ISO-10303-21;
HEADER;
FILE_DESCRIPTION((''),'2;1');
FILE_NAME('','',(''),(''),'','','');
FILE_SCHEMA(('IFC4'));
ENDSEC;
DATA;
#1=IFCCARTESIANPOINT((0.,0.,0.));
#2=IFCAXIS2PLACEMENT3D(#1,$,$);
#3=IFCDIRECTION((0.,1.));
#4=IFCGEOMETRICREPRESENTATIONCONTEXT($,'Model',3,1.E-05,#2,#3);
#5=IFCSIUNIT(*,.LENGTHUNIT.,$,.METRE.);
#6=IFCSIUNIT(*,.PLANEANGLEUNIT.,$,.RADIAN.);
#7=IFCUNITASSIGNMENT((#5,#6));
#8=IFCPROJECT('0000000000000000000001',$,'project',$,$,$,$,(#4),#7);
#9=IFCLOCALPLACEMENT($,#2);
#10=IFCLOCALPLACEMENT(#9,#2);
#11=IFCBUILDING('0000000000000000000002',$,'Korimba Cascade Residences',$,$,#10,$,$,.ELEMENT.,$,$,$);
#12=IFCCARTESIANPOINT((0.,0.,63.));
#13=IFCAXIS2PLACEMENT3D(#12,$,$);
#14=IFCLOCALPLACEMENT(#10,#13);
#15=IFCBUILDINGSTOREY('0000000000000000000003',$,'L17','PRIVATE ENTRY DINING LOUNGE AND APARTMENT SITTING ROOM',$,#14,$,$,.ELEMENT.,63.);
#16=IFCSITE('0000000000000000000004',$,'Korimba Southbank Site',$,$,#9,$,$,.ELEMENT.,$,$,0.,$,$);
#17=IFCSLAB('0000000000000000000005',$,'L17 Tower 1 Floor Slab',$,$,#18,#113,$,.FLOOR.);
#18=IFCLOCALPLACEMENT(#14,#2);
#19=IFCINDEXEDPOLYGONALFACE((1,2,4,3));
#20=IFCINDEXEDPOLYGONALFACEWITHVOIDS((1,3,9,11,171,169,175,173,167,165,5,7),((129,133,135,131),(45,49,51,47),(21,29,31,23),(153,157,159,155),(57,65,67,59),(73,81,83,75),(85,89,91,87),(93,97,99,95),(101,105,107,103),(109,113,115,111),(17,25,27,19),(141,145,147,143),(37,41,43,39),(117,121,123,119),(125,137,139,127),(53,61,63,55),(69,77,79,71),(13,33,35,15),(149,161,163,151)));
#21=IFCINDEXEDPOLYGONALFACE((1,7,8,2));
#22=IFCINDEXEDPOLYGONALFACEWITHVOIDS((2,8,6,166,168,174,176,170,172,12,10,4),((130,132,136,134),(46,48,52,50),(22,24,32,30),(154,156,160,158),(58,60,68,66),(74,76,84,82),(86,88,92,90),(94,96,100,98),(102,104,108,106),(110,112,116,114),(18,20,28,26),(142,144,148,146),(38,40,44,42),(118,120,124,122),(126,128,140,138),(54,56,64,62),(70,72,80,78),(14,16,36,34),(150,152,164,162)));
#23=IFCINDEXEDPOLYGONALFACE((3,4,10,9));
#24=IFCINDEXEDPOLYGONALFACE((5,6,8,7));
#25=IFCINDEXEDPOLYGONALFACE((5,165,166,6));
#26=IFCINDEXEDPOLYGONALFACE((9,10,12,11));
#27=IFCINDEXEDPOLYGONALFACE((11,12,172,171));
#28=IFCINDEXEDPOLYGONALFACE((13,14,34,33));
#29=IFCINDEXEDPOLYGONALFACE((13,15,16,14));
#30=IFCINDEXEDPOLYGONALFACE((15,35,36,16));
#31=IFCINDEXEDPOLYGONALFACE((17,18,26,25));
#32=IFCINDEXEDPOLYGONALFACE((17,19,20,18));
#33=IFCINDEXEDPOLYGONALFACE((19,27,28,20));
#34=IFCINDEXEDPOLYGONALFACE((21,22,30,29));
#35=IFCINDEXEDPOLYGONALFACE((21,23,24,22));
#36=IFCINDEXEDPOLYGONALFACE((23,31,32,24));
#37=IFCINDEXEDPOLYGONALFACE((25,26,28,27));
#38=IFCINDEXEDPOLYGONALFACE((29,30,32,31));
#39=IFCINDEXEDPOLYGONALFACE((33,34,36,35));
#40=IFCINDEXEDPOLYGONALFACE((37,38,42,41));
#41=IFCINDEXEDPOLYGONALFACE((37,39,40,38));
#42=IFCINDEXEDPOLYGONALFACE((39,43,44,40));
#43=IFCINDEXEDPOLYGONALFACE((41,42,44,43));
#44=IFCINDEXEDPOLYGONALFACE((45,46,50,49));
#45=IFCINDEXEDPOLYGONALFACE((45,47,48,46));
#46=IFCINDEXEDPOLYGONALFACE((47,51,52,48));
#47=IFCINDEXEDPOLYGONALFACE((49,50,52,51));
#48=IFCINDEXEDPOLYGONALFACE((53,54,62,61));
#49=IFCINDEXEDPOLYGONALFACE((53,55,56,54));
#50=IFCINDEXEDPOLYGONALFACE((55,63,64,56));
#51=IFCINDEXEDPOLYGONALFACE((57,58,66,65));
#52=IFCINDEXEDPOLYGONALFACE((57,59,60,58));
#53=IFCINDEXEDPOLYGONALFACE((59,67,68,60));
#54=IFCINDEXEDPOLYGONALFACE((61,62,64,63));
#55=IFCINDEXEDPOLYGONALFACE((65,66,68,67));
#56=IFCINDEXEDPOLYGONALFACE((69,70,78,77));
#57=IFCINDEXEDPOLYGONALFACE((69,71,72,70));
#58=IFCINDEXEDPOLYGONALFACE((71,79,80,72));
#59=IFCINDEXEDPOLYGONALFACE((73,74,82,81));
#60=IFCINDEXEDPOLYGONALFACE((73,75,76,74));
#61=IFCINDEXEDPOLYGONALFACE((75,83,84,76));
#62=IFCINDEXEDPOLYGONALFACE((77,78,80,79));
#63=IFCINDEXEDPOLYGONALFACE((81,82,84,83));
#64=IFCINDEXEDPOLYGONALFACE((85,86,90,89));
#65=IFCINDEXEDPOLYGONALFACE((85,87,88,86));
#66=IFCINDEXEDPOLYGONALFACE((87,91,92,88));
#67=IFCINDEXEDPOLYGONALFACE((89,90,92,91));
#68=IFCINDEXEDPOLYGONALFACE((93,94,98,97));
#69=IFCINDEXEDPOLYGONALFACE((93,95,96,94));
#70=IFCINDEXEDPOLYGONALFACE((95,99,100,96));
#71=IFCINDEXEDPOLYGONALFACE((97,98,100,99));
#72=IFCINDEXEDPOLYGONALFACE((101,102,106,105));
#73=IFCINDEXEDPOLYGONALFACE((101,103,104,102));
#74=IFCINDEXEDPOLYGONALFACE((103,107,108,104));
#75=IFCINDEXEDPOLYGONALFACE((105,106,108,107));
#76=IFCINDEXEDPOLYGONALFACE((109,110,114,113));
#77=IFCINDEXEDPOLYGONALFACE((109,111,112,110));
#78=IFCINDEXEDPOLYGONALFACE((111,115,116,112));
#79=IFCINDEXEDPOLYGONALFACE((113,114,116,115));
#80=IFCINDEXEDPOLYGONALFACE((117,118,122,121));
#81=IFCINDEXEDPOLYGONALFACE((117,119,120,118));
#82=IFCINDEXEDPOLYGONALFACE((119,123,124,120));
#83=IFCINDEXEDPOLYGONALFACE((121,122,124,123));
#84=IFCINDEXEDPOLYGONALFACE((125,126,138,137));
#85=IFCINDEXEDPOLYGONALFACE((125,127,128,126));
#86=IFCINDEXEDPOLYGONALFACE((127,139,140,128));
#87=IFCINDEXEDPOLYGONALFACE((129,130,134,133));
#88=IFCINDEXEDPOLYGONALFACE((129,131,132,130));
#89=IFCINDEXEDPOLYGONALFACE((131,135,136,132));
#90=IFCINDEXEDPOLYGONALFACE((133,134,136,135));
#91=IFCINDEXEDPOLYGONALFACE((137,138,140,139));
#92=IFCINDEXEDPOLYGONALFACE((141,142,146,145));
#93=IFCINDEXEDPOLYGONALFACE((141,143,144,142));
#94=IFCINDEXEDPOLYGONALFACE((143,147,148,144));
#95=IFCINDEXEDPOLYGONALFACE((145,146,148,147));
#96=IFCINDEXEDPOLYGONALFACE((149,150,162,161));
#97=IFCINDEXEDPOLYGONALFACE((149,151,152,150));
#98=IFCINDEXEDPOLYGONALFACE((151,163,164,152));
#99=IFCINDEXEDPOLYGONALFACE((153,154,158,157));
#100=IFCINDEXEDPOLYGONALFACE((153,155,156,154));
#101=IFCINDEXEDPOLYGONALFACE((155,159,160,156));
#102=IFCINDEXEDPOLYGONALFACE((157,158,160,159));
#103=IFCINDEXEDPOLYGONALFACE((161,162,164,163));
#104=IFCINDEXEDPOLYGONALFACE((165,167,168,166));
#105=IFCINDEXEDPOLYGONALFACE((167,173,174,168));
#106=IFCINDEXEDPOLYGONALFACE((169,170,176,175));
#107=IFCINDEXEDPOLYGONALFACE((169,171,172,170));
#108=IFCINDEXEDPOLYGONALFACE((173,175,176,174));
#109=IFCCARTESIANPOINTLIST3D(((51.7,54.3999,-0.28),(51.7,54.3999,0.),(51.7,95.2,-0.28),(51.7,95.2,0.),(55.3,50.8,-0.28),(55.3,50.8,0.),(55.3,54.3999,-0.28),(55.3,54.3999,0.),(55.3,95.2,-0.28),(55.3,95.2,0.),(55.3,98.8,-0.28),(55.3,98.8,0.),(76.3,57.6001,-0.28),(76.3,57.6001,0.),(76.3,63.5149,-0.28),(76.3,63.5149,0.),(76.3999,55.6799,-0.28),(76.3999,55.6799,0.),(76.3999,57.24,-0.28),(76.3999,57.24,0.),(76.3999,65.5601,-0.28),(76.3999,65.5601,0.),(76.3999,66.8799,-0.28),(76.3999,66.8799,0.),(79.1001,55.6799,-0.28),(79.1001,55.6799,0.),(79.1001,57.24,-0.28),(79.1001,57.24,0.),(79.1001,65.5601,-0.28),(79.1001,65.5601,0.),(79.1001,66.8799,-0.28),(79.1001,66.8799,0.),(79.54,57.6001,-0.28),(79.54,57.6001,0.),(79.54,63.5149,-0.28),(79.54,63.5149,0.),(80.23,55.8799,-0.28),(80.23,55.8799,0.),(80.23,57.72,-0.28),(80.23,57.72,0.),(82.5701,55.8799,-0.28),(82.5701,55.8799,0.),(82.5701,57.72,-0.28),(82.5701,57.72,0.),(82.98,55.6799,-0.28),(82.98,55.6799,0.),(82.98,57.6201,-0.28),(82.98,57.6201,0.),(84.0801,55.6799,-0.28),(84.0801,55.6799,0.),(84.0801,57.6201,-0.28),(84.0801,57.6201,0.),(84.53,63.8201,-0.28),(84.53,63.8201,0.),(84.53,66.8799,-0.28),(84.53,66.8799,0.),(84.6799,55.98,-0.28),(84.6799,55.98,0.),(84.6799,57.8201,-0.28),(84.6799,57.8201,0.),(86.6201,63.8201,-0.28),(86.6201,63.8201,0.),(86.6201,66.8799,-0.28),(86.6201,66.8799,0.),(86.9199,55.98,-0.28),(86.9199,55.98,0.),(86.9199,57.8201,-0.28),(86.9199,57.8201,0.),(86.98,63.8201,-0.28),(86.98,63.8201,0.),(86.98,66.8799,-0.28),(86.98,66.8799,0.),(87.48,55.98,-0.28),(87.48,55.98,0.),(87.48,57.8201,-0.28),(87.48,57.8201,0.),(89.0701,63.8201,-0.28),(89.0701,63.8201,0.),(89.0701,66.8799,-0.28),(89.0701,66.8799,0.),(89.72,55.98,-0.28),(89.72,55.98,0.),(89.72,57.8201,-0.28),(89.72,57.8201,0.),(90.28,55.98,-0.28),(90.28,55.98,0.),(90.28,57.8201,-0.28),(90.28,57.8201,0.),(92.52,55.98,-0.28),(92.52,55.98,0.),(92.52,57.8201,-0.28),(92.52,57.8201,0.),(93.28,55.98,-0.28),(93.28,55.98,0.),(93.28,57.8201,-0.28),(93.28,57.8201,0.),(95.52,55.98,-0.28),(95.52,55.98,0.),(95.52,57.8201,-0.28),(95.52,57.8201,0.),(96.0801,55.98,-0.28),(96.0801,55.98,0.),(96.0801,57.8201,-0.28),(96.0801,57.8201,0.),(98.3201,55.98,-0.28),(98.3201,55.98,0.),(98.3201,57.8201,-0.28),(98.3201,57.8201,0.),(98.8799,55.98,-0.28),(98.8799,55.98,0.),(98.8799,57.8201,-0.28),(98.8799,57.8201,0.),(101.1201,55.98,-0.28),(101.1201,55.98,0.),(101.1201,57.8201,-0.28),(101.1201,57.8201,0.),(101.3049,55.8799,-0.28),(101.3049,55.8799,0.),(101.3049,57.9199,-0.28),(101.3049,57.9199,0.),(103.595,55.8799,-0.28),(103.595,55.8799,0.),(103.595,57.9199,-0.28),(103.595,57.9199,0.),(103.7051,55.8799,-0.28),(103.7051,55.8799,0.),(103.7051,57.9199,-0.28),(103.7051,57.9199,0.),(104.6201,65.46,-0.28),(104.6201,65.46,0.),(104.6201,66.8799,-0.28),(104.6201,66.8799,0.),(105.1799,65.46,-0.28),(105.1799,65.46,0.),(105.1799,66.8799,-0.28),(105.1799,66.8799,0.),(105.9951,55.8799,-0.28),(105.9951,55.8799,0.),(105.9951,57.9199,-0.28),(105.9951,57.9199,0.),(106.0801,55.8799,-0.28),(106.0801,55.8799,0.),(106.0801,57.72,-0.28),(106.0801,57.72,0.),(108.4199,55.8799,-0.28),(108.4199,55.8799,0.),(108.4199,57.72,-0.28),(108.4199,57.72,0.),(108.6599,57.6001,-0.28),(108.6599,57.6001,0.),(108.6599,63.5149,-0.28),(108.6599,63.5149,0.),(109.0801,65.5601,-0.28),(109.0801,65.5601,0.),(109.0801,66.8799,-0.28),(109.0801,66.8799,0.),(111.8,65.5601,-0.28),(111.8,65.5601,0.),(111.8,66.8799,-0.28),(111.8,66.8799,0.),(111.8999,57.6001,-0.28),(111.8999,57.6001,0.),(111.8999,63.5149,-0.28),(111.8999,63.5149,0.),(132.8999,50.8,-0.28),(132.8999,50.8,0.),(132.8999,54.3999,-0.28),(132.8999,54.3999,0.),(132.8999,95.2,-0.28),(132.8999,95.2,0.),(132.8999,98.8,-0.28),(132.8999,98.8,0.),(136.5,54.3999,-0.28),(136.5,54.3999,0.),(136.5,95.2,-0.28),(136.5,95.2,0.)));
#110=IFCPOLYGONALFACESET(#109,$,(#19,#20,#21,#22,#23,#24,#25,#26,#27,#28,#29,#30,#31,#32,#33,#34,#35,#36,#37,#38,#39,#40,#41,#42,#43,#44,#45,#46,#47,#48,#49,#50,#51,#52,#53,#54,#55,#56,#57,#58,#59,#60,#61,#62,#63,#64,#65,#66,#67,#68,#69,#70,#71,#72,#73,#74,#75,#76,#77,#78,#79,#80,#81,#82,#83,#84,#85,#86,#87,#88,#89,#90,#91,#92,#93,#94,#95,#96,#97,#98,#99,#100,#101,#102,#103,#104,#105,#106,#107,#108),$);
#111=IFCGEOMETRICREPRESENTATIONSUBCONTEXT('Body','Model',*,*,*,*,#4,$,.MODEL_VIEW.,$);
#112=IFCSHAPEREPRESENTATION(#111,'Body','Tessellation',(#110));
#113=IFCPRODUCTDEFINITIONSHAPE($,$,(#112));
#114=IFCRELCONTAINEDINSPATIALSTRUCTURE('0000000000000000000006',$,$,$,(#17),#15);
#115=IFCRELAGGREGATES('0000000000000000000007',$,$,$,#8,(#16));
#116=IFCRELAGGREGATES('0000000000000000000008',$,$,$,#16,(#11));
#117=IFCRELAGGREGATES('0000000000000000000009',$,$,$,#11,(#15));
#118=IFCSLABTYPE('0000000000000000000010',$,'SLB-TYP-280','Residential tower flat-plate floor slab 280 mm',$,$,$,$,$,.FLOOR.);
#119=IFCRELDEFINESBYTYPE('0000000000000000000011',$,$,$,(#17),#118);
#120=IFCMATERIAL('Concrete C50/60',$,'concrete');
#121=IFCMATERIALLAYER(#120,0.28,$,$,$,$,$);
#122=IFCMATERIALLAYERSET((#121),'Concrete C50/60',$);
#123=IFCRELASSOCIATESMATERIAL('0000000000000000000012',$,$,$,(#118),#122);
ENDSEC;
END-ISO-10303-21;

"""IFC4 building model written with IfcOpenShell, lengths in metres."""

from ifc_helpers import new_model, si_unit, direction, frame, origin, place, context, subcontext, project, spatial, polyline, outline, extrude, material, layer, layer_set, type_object, element, save


model = new_model("IFC4")

# Units and contexts
model_context = context("Model", 3, precision=1e-05, world=origin(), true_north=direction((0.0, 1.0)))
body_context = subcontext(model_context, "Body", "Model", "MODEL_VIEW")
ifc_project = project(units=[si_unit("LENGTHUNIT", "METRE"), si_unit("PLANEANGLEUNIT", "RADIAN")], contexts=[model_context])

# Site, building, storey
site_placement = place(None, origin())
site = spatial("IfcSite", under=ifc_project, at=site_placement, Name="Korimba Southbank Site", CompositionType="ELEMENT", RefElevation=0.0)
building_placement = place(site_placement, origin())
building = spatial("IfcBuilding", under=site, at=building_placement, Name="Korimba Cascade Residences", CompositionType="ELEMENT")
storey_placement = place(building_placement, frame((0.0, 0.0, 63.0)))
storey = spatial("IfcBuildingStorey", under=building, at=storey_placement, Name="L17", Description="PRIVATE ENTRY DINING LOUNGE AND APARTMENT SITTING ROOM", CompositionType="ELEMENT", Elevation=63.0)

# Shared definitions
ifc_material_1 = material(Name="Concrete C50/60", Category="concrete")

# Slab
ifc_layer_1 = layer(ifc_material_1, 0.28)
ifc_layer_set_1 = layer_set([ifc_layer_1], Name="Concrete C50/60")
slab_type_1 = type_object("IfcSlabType", Name="SLB-TYP-280", Description="Residential tower flat-plate floor slab 280 mm", PredefinedType="FLOOR", material=ifc_layer_set_1)
slab_1_placement = place(storey_placement, frame((0.0, 0.0, -0.28)))
element("IfcSlab", 1, at=slab_1_placement, inside=storey, type_object=slab_type_1, Name="L17 Tower 1 Floor Slab", PredefinedType="FLOOR", context=body_context, shape_type="SweptSolid", body=[
    extrude(outline(polyline([(55.3, 50.8), (132.8999, 50.8), (132.8999, 54.3999), (136.5, 54.3999), (136.5, 95.2), (132.8999, 95.2), (132.8999, 98.8), (55.3, 98.8), (55.3, 95.2), (51.7, 95.2), (51.7, 54.3999), (55.3, 54.3999), (55.3, 50.8)]), holes=[polyline([(76.3, 63.5149), (76.3, 57.6001), (79.54, 57.6001), (79.54, 63.5149), (76.3, 63.5149)]), polyline([(108.6599, 63.5149), (108.6599, 57.6001), (111.8999, 57.6001), (111.8999, 63.5149), (108.6599, 63.5149)]), polyline([(80.23, 55.8799), (82.5701, 55.8799), (82.5701, 57.72), (80.23, 57.72), (80.23, 55.8799)]), polyline([(106.0801, 55.8799), (108.4199, 55.8799), (108.4199, 57.72), (106.0801, 57.72), (106.0801, 55.8799)]), polyline([(84.6799, 55.98), (86.9199, 55.98), (86.9199, 57.8201), (84.6799, 57.8201), (84.6799, 55.98)]), polyline([(87.48, 55.98), (89.72, 55.98), (89.72, 57.8201), (87.48, 57.8201), (87.48, 55.98)]), polyline([(90.28, 55.98), (92.52, 55.98), (92.52, 57.8201), (90.28, 57.8201), (90.28, 55.98)]), polyline([(93.28, 55.98), (95.52, 55.98), (95.52, 57.8201), (93.28, 57.8201), (93.28, 55.98)]), polyline([(96.0801, 55.98), (98.3201, 55.98), (98.3201, 57.8201), (96.0801, 57.8201), (96.0801, 55.98)]), polyline([(98.8799, 55.98), (101.1201, 55.98), (101.1201, 57.8201), (98.8799, 57.8201), (98.8799, 55.98)]), polyline([(101.3049, 55.8799), (103.595, 55.8799), (103.595, 57.9199), (101.3049, 57.9199), (101.3049, 55.8799)]), polyline([(103.7051, 55.8799), (105.9951, 55.8799), (105.9951, 57.9199), (103.7051, 57.9199), (103.7051, 55.8799)]), polyline([(82.98, 55.6799), (84.0801, 55.6799), (84.0801, 57.6201), (82.98, 57.6201), (82.98, 55.6799)]), polyline([(76.3999, 65.5601), (79.1001, 65.5601), (79.1001, 66.8799), (76.3999, 66.8799), (76.3999, 65.5601)]), polyline([(76.3999, 55.6799), (79.1001, 55.6799), (79.1001, 57.24), (76.3999, 57.24), (76.3999, 55.6799)]), polyline([(84.53, 63.8201), (86.6201, 63.8201), (86.6201, 66.8799), (84.53, 66.8799), (84.53, 63.8201)]), polyline([(86.98, 63.8201), (89.0701, 63.8201), (89.0701, 66.8799), (86.98, 66.8799), (86.98, 63.8201)]), polyline([(104.6201, 65.46), (105.1799, 65.46), (105.1799, 66.8799), (104.6201, 66.8799), (104.6201, 65.46)]), polyline([(109.0801, 65.5601), (111.8, 65.5601), (111.8, 66.8799), (109.0801, 66.8799), (109.0801, 65.5601)])]), origin(), (0.0, 0.0, 1.0), 0.28),
])

save(model, "model.ifc")
